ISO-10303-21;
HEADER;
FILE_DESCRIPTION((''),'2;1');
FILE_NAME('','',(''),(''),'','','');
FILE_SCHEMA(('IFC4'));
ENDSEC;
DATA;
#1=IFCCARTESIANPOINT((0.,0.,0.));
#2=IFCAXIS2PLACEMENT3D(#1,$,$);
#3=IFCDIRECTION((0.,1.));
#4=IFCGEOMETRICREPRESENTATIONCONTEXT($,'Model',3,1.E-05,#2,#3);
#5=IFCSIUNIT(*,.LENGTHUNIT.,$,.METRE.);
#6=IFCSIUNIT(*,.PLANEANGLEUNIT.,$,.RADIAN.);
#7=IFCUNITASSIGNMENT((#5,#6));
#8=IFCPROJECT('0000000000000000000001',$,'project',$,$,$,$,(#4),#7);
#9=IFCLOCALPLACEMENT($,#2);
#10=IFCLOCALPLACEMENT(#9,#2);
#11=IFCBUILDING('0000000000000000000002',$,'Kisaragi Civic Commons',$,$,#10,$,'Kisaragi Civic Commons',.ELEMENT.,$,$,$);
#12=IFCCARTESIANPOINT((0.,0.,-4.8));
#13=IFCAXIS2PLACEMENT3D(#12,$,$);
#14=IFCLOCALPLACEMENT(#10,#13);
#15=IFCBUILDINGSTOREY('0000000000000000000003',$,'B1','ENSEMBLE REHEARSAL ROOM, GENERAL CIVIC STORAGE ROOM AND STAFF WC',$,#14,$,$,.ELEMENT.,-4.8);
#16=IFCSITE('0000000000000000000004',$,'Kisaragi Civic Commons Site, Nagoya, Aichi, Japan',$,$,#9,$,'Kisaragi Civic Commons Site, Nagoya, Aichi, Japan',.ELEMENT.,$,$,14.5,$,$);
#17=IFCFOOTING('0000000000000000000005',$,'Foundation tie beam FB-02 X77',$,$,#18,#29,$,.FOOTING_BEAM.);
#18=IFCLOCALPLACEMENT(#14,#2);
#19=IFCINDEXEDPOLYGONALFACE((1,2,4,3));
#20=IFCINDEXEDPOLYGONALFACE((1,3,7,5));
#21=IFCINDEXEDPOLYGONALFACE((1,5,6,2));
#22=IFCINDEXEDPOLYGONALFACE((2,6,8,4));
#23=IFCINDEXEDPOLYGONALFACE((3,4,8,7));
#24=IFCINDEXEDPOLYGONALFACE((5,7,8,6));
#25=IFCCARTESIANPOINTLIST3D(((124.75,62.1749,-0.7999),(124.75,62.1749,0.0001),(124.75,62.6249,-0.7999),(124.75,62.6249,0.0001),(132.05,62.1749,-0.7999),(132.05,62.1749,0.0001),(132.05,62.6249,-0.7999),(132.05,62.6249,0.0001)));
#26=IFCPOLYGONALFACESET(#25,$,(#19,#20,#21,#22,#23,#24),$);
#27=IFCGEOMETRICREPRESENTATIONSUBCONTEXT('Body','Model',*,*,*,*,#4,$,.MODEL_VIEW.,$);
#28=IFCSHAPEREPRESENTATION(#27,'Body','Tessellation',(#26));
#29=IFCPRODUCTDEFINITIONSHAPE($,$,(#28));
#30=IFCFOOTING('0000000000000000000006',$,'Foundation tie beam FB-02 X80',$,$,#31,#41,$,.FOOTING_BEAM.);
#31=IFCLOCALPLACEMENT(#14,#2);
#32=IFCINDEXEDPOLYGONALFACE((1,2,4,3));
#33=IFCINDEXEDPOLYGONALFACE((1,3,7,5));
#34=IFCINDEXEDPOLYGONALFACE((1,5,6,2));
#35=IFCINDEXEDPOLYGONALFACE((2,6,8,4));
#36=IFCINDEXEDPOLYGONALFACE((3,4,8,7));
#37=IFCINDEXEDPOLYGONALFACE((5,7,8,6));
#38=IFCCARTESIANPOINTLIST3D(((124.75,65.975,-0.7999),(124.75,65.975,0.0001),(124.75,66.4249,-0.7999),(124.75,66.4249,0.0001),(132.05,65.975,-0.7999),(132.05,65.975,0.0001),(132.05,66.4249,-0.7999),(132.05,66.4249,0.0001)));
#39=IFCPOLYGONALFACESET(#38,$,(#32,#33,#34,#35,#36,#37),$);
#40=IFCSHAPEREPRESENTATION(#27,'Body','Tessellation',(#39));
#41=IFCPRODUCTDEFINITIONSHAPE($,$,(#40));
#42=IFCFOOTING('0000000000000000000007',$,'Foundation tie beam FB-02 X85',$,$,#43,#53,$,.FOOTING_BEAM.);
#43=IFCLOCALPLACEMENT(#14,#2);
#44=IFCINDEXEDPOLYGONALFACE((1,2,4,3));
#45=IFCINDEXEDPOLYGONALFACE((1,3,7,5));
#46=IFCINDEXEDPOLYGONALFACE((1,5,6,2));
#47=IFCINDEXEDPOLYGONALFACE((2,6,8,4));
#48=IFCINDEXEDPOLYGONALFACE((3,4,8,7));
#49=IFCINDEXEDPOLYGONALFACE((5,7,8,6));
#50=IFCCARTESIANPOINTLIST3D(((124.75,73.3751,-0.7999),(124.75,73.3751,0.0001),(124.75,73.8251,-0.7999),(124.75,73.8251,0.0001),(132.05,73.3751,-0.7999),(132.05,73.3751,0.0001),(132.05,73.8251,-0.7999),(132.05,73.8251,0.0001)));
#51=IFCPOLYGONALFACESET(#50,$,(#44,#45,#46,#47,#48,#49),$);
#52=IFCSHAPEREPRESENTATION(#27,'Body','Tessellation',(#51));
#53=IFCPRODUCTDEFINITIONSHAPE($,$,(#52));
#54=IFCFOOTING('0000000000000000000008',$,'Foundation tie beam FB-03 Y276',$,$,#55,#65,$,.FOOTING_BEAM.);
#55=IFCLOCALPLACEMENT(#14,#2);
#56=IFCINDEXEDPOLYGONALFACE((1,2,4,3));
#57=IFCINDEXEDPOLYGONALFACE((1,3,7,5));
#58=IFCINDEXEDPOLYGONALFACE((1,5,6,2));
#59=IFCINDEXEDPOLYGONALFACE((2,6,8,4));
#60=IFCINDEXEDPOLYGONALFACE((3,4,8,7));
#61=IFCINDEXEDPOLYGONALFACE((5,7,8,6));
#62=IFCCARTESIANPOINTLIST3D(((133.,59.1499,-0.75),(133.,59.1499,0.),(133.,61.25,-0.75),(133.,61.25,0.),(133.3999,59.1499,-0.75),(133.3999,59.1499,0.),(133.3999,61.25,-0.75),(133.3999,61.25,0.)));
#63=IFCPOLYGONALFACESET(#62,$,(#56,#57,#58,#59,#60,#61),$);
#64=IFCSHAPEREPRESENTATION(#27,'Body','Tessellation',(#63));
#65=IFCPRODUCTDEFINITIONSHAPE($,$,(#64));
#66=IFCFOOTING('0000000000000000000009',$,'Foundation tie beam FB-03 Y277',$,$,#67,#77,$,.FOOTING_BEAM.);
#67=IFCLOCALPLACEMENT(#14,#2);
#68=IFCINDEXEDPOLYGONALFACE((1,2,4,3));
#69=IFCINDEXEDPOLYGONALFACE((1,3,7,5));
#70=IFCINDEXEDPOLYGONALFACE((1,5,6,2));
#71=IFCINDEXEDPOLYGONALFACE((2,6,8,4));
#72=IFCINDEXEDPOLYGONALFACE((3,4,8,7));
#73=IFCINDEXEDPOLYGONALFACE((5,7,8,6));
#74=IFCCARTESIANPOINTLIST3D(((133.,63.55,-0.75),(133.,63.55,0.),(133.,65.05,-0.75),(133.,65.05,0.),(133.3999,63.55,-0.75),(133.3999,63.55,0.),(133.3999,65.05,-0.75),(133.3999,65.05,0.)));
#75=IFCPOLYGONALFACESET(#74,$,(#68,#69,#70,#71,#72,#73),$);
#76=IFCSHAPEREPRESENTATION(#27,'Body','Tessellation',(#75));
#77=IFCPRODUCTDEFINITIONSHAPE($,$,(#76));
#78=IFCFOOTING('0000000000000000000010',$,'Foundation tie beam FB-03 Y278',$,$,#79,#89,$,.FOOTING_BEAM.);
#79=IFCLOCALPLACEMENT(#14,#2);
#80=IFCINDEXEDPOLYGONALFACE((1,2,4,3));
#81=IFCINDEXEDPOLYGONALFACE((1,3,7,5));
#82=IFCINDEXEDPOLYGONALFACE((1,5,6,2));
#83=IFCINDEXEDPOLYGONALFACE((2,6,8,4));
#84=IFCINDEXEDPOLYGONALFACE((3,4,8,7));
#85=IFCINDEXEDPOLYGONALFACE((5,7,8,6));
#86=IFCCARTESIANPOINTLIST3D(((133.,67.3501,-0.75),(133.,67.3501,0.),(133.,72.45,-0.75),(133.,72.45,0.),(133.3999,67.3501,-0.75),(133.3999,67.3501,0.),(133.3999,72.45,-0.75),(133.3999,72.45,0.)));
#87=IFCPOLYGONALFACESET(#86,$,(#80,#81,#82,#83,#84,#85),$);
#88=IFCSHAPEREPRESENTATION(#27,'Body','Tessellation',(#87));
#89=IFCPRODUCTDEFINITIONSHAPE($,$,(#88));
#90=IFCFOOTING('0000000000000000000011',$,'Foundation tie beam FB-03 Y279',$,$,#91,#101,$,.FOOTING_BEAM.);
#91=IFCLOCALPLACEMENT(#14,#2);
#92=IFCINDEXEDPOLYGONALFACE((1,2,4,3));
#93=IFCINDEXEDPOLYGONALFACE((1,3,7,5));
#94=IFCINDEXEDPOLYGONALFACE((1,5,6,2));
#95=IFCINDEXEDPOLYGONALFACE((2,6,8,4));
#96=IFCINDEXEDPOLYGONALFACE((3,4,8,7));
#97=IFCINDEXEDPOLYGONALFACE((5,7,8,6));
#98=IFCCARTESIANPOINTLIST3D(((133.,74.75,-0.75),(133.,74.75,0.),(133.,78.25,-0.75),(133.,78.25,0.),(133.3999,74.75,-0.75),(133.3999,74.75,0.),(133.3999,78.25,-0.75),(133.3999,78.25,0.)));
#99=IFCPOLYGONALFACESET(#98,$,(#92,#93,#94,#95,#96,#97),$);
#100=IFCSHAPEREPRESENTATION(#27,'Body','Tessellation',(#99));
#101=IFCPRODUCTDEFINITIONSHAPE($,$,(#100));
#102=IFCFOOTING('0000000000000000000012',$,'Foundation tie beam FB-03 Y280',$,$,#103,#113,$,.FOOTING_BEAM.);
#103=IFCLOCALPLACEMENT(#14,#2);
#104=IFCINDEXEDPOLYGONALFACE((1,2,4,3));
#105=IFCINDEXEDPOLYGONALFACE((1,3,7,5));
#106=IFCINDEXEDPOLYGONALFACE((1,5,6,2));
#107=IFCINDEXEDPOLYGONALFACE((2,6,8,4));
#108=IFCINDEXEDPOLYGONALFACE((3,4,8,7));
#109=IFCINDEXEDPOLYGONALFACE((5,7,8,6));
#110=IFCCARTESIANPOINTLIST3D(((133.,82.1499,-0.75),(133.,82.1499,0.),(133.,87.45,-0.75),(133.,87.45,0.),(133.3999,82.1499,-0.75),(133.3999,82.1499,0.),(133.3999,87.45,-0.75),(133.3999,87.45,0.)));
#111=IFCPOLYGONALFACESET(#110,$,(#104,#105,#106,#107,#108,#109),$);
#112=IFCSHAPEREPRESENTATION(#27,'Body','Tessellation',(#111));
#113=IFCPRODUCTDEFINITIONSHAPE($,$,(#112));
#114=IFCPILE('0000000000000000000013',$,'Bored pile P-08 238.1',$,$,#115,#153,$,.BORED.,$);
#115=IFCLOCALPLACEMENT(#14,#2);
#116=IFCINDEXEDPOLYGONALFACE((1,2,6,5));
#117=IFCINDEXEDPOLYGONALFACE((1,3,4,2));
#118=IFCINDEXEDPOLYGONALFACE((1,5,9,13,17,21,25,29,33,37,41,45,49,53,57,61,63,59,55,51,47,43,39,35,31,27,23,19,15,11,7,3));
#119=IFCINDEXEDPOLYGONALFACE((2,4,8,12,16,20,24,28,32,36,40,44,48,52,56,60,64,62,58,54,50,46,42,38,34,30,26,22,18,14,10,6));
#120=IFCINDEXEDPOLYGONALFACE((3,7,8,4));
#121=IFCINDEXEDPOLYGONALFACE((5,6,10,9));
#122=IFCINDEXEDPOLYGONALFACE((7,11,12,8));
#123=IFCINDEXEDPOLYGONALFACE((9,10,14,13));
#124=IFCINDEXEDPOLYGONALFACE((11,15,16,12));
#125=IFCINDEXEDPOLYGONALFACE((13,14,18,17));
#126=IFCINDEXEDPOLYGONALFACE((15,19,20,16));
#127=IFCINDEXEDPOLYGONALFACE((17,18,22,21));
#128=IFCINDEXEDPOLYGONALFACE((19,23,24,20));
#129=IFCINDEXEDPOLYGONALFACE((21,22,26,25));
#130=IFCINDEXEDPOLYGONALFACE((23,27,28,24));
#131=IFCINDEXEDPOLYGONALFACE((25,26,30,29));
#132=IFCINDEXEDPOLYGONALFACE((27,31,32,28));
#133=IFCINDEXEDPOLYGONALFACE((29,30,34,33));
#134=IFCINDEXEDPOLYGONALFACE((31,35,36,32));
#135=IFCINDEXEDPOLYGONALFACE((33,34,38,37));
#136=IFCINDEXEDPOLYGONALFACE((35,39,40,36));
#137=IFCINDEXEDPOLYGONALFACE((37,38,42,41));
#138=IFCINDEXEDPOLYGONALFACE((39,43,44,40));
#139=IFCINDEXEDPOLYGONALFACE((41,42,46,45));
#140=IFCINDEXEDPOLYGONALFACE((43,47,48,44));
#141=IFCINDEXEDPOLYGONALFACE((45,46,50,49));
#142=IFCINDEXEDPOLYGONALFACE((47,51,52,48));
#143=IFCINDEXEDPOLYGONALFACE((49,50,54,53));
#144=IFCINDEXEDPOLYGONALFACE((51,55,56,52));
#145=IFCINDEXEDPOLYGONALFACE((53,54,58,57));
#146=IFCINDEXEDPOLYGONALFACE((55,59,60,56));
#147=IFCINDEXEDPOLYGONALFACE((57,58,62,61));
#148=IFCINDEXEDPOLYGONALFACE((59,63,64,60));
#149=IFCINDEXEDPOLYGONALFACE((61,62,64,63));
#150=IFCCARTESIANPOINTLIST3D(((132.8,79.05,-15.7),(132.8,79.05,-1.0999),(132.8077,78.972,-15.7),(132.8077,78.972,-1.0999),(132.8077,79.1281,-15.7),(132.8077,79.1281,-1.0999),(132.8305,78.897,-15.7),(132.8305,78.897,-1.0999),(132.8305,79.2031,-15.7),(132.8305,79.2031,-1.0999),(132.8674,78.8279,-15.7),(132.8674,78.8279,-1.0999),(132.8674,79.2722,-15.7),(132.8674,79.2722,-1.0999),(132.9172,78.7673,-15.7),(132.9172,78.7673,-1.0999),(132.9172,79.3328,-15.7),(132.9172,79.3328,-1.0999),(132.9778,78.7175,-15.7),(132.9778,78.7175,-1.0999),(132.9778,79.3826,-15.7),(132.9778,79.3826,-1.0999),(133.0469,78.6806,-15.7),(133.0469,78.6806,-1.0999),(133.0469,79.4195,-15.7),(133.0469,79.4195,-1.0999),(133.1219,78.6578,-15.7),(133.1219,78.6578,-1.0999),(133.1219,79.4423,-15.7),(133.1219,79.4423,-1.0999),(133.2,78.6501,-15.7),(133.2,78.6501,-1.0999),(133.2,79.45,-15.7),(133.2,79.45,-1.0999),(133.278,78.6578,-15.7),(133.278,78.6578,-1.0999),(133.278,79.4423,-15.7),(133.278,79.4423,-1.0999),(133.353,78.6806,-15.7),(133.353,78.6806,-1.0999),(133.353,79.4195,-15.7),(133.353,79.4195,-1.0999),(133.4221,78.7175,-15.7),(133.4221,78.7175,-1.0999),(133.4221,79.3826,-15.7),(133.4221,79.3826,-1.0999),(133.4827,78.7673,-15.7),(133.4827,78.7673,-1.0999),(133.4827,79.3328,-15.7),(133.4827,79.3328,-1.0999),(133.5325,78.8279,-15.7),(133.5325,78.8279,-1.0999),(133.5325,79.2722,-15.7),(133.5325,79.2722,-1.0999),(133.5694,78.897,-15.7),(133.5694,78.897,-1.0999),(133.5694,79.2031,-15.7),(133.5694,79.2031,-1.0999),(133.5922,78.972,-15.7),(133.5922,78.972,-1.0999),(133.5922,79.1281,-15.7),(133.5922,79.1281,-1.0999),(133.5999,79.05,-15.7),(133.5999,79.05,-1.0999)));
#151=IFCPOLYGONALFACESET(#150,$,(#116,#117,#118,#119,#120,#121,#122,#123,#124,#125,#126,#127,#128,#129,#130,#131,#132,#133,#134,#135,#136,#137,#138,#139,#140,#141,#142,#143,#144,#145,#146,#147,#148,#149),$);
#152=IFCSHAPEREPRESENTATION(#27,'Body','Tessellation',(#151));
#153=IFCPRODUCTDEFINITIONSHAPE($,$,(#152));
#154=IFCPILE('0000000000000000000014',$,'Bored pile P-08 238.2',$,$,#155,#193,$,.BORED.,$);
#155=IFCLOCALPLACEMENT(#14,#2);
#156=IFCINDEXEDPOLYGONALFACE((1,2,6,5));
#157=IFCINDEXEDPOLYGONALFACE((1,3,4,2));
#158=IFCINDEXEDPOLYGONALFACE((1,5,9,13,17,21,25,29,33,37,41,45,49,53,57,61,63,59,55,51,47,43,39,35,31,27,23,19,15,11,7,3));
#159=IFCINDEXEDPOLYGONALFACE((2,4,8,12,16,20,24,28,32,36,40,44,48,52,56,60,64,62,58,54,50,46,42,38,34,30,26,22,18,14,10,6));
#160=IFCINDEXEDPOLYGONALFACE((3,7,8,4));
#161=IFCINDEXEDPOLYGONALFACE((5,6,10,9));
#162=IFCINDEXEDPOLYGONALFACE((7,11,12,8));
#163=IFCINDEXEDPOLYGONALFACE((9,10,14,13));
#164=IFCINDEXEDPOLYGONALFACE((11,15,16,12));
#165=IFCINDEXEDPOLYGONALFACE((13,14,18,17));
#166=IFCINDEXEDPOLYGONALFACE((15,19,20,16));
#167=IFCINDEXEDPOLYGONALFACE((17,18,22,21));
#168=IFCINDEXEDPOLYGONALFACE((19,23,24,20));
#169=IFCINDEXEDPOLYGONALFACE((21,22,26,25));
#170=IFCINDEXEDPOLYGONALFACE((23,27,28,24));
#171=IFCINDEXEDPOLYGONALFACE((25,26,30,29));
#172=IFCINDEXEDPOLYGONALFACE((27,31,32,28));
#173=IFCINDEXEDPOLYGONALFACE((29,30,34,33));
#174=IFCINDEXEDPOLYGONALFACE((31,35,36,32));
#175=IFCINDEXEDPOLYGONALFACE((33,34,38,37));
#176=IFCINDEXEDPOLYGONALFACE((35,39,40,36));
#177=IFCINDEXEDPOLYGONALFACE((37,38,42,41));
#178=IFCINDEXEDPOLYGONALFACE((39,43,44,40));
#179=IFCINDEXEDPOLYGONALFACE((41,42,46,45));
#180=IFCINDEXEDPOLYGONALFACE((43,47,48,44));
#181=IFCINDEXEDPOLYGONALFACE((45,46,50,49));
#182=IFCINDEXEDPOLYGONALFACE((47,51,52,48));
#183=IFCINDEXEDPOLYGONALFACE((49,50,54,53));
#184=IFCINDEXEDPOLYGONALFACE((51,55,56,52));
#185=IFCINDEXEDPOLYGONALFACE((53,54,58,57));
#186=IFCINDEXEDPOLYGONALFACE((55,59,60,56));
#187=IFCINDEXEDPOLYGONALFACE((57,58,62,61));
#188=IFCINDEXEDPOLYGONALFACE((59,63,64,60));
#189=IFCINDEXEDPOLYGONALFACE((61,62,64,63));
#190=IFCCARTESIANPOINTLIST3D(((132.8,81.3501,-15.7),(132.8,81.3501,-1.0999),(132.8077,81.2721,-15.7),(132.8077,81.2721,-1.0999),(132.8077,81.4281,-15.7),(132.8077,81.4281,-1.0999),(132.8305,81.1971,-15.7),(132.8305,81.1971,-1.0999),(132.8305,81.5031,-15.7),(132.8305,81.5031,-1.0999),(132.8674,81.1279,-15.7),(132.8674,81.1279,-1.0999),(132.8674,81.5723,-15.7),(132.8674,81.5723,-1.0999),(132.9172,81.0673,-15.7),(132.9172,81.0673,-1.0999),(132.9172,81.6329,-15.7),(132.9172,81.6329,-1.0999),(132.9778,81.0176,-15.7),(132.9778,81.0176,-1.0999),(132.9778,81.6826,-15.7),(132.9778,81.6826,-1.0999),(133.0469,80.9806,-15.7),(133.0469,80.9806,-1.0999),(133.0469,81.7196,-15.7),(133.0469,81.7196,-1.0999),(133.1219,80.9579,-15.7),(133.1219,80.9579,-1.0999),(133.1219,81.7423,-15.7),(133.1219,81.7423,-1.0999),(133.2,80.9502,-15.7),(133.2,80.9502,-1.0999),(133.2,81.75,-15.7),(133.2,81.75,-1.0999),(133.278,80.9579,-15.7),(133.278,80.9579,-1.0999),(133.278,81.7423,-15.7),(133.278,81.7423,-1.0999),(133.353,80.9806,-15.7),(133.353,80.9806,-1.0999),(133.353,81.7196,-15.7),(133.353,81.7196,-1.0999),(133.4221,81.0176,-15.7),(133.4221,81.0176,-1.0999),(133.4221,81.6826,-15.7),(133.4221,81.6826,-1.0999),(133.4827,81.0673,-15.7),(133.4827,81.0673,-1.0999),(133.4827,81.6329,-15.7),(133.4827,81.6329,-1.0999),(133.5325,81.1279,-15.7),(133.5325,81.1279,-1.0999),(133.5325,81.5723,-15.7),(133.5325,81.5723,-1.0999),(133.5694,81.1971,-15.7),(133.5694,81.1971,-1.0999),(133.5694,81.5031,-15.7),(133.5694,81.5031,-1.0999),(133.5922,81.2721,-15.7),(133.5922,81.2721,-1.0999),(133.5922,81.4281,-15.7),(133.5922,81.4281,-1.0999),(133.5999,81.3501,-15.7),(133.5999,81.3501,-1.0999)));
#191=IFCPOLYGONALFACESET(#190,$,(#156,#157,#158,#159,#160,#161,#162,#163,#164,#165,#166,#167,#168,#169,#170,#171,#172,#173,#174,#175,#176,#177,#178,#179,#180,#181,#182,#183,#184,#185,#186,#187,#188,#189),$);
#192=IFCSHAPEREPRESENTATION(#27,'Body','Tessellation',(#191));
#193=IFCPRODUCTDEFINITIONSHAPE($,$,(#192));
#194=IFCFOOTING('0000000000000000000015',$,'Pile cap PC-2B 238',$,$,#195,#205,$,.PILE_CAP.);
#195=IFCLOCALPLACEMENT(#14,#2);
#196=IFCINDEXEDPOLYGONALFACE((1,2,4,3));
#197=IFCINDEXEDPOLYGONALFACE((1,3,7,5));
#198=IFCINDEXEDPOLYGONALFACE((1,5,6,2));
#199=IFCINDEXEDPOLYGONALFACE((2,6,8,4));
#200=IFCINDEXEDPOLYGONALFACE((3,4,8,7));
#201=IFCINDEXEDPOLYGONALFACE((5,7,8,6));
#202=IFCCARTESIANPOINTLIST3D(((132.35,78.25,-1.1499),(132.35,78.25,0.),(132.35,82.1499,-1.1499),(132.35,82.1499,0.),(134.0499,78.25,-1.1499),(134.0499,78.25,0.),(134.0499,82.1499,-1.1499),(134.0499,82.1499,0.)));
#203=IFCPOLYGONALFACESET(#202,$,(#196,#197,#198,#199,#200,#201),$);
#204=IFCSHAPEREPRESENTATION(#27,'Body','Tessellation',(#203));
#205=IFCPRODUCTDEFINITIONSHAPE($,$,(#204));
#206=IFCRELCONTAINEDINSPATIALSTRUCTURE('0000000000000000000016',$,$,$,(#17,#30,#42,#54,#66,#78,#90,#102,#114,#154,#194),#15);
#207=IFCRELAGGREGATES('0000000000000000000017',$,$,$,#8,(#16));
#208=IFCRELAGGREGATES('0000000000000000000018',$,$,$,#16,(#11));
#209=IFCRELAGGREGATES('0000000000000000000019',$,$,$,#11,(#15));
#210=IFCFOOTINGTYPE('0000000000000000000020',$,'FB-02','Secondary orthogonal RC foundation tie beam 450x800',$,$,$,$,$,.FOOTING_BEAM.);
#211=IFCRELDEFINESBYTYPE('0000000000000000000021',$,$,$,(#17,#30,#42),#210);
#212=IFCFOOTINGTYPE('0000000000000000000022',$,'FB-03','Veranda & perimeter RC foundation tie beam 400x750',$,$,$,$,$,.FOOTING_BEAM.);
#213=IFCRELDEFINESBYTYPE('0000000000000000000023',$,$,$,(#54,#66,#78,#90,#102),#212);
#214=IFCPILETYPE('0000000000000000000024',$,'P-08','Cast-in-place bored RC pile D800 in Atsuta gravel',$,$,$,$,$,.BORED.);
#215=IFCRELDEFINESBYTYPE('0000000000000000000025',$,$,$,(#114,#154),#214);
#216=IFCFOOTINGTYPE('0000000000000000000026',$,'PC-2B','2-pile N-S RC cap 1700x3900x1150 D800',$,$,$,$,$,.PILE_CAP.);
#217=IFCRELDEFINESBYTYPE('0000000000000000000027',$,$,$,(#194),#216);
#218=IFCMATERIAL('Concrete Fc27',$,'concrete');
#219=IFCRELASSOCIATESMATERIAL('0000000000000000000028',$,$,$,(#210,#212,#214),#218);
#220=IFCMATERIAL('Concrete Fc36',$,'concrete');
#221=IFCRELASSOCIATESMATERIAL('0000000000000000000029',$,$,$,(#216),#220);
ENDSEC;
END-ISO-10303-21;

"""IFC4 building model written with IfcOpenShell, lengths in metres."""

from ifc_helpers import new_model, si_unit, direction, frame, origin, origin_2d, place, context, subcontext, project, spatial, rectangle, circle, extrude, material, material_profile, profile_set, type_object, element, save


model = new_model("IFC4")

# Units and contexts
model_context = context("Model", 3, precision=1e-05, world=origin(), true_north=direction((0.0, 1.0)))
body_context = subcontext(model_context, "Body", "Model", "MODEL_VIEW")
ifc_project = project(units=[si_unit("LENGTHUNIT", "METRE"), si_unit("PLANEANGLEUNIT", "RADIAN")], contexts=[model_context])

# Site, building, storey
site_placement = place(None, origin())
site = spatial("IfcSite", under=ifc_project, at=site_placement, Name="Kisaragi Civic Commons Site, Nagoya, Aichi, Japan", LongName="Kisaragi Civic Commons Site, Nagoya, Aichi, Japan", CompositionType="ELEMENT", RefElevation=14.5)
building_placement = place(site_placement, origin())
building = spatial("IfcBuilding", under=site, at=building_placement, Name="Kisaragi Civic Commons", LongName="Kisaragi Civic Commons", CompositionType="ELEMENT")
storey_placement = place(building_placement, frame((0.0, 0.0, -4.8)))
storey = spatial("IfcBuildingStorey", under=building, at=storey_placement, Name="B1", Description="ENSEMBLE REHEARSAL ROOM, GENERAL CIVIC STORAGE ROOM AND STAFF WC", CompositionType="ELEMENT", Elevation=-4.8)

# Footings
ifc_material_1 = material(Name="Concrete Fc27", Category="concrete")
ifc_material_profile_1 = material_profile(ifc_material_1, rectangle(XDim=0.45, YDim=0.8, at=origin_2d()), Name="RC-450x800", Category="concrete")
ifc_profile_set_1 = profile_set([ifc_material_profile_1], Name="Concrete Fc27")
footing_type_1 = type_object("IfcFootingType", Name="FB-02", Description="Secondary orthogonal RC foundation tie beam 450x800", PredefinedType="FOOTING_BEAM", material=ifc_profile_set_1)
for number, where, z_axis, x_axis, name in (
    (1, (124.75, 62.3999, -0.3999), (1.0, 0.0, 0.0), (0.0, 1.0, 0.0), "Foundation tie beam FB-02 X77"),
    (2, (124.75, 66.2, -0.3999), (1.0, 0.0, 0.0), (0.0, 1.0, 0.0), "Foundation tie beam FB-02 X80"),
    (3, (124.75, 73.6001, -0.3999), (1.0, 0.0, 0.0), (0.0, 1.0, 0.0), "Foundation tie beam FB-02 X85"),
):
    element("IfcFooting", number, at=place(storey_placement, frame(where, z_axis=z_axis, x_axis=x_axis)), inside=storey, type_object=footing_type_1, Name=name, PredefinedType="FOOTING_BEAM", context=body_context, shape_type="SweptSolid", body=[
        extrude(rectangle(XDim=0.45, YDim=0.8, at=origin_2d()), origin(), (0.0, 0.0, 1.0), 7.3),
    ])
ifc_material_profile_2 = material_profile(ifc_material_1, rectangle(XDim=0.3999, YDim=0.75, at=origin_2d()), Name="RC-400x750", Category="concrete")
ifc_profile_set_2 = profile_set([ifc_material_profile_2], Name="Concrete Fc27")
footing_type_2 = type_object("IfcFootingType", Name="FB-03", Description="Veranda & perimeter RC foundation tie beam 400x750", PredefinedType="FOOTING_BEAM", material=ifc_profile_set_2)
footing_1_placement = place(storey_placement, frame((133.2, 59.1499, -0.375), z_axis=(0.0, 1.0, 0.0), x_axis=(-1.0, 0.0, 0.0)))
element("IfcFooting", 4, at=footing_1_placement, inside=storey, type_object=footing_type_2, Name="Foundation tie beam FB-03 Y276", PredefinedType="FOOTING_BEAM", context=body_context, shape_type="SweptSolid", body=[
    extrude(rectangle(XDim=0.3999, YDim=0.75, at=origin_2d()), origin(), (0.0, 0.0, 1.0), 2.1001),
])
footing_2_placement = place(storey_placement, frame((133.2, 63.55, -0.375), z_axis=(0.0, 1.0, 0.0), x_axis=(-1.0, 0.0, 0.0)))
element("IfcFooting", 5, at=footing_2_placement, inside=storey, type_object=footing_type_2, Name="Foundation tie beam FB-03 Y277", PredefinedType="FOOTING_BEAM", context=body_context, shape_type="SweptSolid", body=[
    extrude(rectangle(XDim=0.3999, YDim=0.75, at=origin_2d()), origin(), (0.0, 0.0, 1.0), 1.5),
])
footing_3_placement = place(storey_placement, frame((133.2, 67.3501, -0.375), z_axis=(0.0, 1.0, 0.0), x_axis=(-1.0, 0.0, 0.0)))
element("IfcFooting", 6, at=footing_3_placement, inside=storey, type_object=footing_type_2, Name="Foundation tie beam FB-03 Y278", PredefinedType="FOOTING_BEAM", context=body_context, shape_type="SweptSolid", body=[
    extrude(rectangle(XDim=0.3999, YDim=0.75, at=origin_2d()), origin(), (0.0, 0.0, 1.0), 5.0999),
])
footing_4_placement = place(storey_placement, frame((133.2, 74.75, -0.375), z_axis=(0.0, 1.0, 0.0), x_axis=(-1.0, 0.0, 0.0)))
element("IfcFooting", 7, at=footing_4_placement, inside=storey, type_object=footing_type_2, Name="Foundation tie beam FB-03 Y279", PredefinedType="FOOTING_BEAM", context=body_context, shape_type="SweptSolid", body=[
    extrude(rectangle(XDim=0.3999, YDim=0.75, at=origin_2d()), origin(), (0.0, 0.0, 1.0), 3.5),
])
footing_5_placement = place(storey_placement, frame((133.2, 82.1499, -0.375), z_axis=(0.0, 1.0, 0.0), x_axis=(-1.0, 0.0, 0.0)))
element("IfcFooting", 8, at=footing_5_placement, inside=storey, type_object=footing_type_2, Name="Foundation tie beam FB-03 Y280", PredefinedType="FOOTING_BEAM", context=body_context, shape_type="SweptSolid", body=[
    extrude(rectangle(XDim=0.3999, YDim=0.75, at=origin_2d()), origin(), (0.0, 0.0, 1.0), 5.3),
])

# Piles
ifc_material_profile_3 = material_profile(ifc_material_1, circle(Radius=0.3999, at=origin_2d()), Name="PILE-D800", Category="concrete")
ifc_profile_set_3 = profile_set([ifc_material_profile_3], Name="Concrete Fc27")
pile_type = type_object("IfcPileType", Name="P-08", Description="Cast-in-place bored RC pile D800 in Atsuta gravel", PredefinedType="BORED", material=ifc_profile_set_3)
for number, where, z_axis, x_axis, name in (
    (9, (133.2, 79.05, -1.0999), (0.0, 0.0, -1.0), (1.0, 0.0, 0.0), "Bored pile P-08 238.1"),
    (10, (133.2, 81.3501, -1.0999), (0.0, 0.0, -1.0), (1.0, 0.0, 0.0), "Bored pile P-08 238.2"),
):
    element("IfcPile", number, at=place(storey_placement, frame(where, z_axis=z_axis, x_axis=x_axis)), inside=storey, type_object=pile_type, Name=name, PredefinedType="BORED", context=body_context, shape_type="SweptSolid", body=[
        extrude(circle(Radius=0.3999, at=origin_2d()), origin(), (0.0, 0.0, 1.0), 14.6001),
    ])

# Footing
ifc_material_2 = material(Name="Concrete Fc36", Category="concrete")
footing_type_3 = type_object("IfcFootingType", Name="PC-2B", Description="2-pile N-S RC cap 1700x3900x1150 D800", PredefinedType="PILE_CAP", material=ifc_material_2)
footing_6_placement = place(storey_placement, frame((133.2, 80.2, -1.1499), z_axis=(0.0, 0.0, 1.0), x_axis=(1.0, 0.0, 0.0)))
element("IfcFooting", 11, at=footing_6_placement, inside=storey, type_object=footing_type_3, Name="Pile cap PC-2B 238", PredefinedType="PILE_CAP", context=body_context, shape_type="SweptSolid", body=[
    extrude(rectangle(XDim=1.7, YDim=3.8999, at=origin_2d()), origin(), (0.0, 0.0, 1.0), 1.1499),
])

save(model, "model.ifc")
